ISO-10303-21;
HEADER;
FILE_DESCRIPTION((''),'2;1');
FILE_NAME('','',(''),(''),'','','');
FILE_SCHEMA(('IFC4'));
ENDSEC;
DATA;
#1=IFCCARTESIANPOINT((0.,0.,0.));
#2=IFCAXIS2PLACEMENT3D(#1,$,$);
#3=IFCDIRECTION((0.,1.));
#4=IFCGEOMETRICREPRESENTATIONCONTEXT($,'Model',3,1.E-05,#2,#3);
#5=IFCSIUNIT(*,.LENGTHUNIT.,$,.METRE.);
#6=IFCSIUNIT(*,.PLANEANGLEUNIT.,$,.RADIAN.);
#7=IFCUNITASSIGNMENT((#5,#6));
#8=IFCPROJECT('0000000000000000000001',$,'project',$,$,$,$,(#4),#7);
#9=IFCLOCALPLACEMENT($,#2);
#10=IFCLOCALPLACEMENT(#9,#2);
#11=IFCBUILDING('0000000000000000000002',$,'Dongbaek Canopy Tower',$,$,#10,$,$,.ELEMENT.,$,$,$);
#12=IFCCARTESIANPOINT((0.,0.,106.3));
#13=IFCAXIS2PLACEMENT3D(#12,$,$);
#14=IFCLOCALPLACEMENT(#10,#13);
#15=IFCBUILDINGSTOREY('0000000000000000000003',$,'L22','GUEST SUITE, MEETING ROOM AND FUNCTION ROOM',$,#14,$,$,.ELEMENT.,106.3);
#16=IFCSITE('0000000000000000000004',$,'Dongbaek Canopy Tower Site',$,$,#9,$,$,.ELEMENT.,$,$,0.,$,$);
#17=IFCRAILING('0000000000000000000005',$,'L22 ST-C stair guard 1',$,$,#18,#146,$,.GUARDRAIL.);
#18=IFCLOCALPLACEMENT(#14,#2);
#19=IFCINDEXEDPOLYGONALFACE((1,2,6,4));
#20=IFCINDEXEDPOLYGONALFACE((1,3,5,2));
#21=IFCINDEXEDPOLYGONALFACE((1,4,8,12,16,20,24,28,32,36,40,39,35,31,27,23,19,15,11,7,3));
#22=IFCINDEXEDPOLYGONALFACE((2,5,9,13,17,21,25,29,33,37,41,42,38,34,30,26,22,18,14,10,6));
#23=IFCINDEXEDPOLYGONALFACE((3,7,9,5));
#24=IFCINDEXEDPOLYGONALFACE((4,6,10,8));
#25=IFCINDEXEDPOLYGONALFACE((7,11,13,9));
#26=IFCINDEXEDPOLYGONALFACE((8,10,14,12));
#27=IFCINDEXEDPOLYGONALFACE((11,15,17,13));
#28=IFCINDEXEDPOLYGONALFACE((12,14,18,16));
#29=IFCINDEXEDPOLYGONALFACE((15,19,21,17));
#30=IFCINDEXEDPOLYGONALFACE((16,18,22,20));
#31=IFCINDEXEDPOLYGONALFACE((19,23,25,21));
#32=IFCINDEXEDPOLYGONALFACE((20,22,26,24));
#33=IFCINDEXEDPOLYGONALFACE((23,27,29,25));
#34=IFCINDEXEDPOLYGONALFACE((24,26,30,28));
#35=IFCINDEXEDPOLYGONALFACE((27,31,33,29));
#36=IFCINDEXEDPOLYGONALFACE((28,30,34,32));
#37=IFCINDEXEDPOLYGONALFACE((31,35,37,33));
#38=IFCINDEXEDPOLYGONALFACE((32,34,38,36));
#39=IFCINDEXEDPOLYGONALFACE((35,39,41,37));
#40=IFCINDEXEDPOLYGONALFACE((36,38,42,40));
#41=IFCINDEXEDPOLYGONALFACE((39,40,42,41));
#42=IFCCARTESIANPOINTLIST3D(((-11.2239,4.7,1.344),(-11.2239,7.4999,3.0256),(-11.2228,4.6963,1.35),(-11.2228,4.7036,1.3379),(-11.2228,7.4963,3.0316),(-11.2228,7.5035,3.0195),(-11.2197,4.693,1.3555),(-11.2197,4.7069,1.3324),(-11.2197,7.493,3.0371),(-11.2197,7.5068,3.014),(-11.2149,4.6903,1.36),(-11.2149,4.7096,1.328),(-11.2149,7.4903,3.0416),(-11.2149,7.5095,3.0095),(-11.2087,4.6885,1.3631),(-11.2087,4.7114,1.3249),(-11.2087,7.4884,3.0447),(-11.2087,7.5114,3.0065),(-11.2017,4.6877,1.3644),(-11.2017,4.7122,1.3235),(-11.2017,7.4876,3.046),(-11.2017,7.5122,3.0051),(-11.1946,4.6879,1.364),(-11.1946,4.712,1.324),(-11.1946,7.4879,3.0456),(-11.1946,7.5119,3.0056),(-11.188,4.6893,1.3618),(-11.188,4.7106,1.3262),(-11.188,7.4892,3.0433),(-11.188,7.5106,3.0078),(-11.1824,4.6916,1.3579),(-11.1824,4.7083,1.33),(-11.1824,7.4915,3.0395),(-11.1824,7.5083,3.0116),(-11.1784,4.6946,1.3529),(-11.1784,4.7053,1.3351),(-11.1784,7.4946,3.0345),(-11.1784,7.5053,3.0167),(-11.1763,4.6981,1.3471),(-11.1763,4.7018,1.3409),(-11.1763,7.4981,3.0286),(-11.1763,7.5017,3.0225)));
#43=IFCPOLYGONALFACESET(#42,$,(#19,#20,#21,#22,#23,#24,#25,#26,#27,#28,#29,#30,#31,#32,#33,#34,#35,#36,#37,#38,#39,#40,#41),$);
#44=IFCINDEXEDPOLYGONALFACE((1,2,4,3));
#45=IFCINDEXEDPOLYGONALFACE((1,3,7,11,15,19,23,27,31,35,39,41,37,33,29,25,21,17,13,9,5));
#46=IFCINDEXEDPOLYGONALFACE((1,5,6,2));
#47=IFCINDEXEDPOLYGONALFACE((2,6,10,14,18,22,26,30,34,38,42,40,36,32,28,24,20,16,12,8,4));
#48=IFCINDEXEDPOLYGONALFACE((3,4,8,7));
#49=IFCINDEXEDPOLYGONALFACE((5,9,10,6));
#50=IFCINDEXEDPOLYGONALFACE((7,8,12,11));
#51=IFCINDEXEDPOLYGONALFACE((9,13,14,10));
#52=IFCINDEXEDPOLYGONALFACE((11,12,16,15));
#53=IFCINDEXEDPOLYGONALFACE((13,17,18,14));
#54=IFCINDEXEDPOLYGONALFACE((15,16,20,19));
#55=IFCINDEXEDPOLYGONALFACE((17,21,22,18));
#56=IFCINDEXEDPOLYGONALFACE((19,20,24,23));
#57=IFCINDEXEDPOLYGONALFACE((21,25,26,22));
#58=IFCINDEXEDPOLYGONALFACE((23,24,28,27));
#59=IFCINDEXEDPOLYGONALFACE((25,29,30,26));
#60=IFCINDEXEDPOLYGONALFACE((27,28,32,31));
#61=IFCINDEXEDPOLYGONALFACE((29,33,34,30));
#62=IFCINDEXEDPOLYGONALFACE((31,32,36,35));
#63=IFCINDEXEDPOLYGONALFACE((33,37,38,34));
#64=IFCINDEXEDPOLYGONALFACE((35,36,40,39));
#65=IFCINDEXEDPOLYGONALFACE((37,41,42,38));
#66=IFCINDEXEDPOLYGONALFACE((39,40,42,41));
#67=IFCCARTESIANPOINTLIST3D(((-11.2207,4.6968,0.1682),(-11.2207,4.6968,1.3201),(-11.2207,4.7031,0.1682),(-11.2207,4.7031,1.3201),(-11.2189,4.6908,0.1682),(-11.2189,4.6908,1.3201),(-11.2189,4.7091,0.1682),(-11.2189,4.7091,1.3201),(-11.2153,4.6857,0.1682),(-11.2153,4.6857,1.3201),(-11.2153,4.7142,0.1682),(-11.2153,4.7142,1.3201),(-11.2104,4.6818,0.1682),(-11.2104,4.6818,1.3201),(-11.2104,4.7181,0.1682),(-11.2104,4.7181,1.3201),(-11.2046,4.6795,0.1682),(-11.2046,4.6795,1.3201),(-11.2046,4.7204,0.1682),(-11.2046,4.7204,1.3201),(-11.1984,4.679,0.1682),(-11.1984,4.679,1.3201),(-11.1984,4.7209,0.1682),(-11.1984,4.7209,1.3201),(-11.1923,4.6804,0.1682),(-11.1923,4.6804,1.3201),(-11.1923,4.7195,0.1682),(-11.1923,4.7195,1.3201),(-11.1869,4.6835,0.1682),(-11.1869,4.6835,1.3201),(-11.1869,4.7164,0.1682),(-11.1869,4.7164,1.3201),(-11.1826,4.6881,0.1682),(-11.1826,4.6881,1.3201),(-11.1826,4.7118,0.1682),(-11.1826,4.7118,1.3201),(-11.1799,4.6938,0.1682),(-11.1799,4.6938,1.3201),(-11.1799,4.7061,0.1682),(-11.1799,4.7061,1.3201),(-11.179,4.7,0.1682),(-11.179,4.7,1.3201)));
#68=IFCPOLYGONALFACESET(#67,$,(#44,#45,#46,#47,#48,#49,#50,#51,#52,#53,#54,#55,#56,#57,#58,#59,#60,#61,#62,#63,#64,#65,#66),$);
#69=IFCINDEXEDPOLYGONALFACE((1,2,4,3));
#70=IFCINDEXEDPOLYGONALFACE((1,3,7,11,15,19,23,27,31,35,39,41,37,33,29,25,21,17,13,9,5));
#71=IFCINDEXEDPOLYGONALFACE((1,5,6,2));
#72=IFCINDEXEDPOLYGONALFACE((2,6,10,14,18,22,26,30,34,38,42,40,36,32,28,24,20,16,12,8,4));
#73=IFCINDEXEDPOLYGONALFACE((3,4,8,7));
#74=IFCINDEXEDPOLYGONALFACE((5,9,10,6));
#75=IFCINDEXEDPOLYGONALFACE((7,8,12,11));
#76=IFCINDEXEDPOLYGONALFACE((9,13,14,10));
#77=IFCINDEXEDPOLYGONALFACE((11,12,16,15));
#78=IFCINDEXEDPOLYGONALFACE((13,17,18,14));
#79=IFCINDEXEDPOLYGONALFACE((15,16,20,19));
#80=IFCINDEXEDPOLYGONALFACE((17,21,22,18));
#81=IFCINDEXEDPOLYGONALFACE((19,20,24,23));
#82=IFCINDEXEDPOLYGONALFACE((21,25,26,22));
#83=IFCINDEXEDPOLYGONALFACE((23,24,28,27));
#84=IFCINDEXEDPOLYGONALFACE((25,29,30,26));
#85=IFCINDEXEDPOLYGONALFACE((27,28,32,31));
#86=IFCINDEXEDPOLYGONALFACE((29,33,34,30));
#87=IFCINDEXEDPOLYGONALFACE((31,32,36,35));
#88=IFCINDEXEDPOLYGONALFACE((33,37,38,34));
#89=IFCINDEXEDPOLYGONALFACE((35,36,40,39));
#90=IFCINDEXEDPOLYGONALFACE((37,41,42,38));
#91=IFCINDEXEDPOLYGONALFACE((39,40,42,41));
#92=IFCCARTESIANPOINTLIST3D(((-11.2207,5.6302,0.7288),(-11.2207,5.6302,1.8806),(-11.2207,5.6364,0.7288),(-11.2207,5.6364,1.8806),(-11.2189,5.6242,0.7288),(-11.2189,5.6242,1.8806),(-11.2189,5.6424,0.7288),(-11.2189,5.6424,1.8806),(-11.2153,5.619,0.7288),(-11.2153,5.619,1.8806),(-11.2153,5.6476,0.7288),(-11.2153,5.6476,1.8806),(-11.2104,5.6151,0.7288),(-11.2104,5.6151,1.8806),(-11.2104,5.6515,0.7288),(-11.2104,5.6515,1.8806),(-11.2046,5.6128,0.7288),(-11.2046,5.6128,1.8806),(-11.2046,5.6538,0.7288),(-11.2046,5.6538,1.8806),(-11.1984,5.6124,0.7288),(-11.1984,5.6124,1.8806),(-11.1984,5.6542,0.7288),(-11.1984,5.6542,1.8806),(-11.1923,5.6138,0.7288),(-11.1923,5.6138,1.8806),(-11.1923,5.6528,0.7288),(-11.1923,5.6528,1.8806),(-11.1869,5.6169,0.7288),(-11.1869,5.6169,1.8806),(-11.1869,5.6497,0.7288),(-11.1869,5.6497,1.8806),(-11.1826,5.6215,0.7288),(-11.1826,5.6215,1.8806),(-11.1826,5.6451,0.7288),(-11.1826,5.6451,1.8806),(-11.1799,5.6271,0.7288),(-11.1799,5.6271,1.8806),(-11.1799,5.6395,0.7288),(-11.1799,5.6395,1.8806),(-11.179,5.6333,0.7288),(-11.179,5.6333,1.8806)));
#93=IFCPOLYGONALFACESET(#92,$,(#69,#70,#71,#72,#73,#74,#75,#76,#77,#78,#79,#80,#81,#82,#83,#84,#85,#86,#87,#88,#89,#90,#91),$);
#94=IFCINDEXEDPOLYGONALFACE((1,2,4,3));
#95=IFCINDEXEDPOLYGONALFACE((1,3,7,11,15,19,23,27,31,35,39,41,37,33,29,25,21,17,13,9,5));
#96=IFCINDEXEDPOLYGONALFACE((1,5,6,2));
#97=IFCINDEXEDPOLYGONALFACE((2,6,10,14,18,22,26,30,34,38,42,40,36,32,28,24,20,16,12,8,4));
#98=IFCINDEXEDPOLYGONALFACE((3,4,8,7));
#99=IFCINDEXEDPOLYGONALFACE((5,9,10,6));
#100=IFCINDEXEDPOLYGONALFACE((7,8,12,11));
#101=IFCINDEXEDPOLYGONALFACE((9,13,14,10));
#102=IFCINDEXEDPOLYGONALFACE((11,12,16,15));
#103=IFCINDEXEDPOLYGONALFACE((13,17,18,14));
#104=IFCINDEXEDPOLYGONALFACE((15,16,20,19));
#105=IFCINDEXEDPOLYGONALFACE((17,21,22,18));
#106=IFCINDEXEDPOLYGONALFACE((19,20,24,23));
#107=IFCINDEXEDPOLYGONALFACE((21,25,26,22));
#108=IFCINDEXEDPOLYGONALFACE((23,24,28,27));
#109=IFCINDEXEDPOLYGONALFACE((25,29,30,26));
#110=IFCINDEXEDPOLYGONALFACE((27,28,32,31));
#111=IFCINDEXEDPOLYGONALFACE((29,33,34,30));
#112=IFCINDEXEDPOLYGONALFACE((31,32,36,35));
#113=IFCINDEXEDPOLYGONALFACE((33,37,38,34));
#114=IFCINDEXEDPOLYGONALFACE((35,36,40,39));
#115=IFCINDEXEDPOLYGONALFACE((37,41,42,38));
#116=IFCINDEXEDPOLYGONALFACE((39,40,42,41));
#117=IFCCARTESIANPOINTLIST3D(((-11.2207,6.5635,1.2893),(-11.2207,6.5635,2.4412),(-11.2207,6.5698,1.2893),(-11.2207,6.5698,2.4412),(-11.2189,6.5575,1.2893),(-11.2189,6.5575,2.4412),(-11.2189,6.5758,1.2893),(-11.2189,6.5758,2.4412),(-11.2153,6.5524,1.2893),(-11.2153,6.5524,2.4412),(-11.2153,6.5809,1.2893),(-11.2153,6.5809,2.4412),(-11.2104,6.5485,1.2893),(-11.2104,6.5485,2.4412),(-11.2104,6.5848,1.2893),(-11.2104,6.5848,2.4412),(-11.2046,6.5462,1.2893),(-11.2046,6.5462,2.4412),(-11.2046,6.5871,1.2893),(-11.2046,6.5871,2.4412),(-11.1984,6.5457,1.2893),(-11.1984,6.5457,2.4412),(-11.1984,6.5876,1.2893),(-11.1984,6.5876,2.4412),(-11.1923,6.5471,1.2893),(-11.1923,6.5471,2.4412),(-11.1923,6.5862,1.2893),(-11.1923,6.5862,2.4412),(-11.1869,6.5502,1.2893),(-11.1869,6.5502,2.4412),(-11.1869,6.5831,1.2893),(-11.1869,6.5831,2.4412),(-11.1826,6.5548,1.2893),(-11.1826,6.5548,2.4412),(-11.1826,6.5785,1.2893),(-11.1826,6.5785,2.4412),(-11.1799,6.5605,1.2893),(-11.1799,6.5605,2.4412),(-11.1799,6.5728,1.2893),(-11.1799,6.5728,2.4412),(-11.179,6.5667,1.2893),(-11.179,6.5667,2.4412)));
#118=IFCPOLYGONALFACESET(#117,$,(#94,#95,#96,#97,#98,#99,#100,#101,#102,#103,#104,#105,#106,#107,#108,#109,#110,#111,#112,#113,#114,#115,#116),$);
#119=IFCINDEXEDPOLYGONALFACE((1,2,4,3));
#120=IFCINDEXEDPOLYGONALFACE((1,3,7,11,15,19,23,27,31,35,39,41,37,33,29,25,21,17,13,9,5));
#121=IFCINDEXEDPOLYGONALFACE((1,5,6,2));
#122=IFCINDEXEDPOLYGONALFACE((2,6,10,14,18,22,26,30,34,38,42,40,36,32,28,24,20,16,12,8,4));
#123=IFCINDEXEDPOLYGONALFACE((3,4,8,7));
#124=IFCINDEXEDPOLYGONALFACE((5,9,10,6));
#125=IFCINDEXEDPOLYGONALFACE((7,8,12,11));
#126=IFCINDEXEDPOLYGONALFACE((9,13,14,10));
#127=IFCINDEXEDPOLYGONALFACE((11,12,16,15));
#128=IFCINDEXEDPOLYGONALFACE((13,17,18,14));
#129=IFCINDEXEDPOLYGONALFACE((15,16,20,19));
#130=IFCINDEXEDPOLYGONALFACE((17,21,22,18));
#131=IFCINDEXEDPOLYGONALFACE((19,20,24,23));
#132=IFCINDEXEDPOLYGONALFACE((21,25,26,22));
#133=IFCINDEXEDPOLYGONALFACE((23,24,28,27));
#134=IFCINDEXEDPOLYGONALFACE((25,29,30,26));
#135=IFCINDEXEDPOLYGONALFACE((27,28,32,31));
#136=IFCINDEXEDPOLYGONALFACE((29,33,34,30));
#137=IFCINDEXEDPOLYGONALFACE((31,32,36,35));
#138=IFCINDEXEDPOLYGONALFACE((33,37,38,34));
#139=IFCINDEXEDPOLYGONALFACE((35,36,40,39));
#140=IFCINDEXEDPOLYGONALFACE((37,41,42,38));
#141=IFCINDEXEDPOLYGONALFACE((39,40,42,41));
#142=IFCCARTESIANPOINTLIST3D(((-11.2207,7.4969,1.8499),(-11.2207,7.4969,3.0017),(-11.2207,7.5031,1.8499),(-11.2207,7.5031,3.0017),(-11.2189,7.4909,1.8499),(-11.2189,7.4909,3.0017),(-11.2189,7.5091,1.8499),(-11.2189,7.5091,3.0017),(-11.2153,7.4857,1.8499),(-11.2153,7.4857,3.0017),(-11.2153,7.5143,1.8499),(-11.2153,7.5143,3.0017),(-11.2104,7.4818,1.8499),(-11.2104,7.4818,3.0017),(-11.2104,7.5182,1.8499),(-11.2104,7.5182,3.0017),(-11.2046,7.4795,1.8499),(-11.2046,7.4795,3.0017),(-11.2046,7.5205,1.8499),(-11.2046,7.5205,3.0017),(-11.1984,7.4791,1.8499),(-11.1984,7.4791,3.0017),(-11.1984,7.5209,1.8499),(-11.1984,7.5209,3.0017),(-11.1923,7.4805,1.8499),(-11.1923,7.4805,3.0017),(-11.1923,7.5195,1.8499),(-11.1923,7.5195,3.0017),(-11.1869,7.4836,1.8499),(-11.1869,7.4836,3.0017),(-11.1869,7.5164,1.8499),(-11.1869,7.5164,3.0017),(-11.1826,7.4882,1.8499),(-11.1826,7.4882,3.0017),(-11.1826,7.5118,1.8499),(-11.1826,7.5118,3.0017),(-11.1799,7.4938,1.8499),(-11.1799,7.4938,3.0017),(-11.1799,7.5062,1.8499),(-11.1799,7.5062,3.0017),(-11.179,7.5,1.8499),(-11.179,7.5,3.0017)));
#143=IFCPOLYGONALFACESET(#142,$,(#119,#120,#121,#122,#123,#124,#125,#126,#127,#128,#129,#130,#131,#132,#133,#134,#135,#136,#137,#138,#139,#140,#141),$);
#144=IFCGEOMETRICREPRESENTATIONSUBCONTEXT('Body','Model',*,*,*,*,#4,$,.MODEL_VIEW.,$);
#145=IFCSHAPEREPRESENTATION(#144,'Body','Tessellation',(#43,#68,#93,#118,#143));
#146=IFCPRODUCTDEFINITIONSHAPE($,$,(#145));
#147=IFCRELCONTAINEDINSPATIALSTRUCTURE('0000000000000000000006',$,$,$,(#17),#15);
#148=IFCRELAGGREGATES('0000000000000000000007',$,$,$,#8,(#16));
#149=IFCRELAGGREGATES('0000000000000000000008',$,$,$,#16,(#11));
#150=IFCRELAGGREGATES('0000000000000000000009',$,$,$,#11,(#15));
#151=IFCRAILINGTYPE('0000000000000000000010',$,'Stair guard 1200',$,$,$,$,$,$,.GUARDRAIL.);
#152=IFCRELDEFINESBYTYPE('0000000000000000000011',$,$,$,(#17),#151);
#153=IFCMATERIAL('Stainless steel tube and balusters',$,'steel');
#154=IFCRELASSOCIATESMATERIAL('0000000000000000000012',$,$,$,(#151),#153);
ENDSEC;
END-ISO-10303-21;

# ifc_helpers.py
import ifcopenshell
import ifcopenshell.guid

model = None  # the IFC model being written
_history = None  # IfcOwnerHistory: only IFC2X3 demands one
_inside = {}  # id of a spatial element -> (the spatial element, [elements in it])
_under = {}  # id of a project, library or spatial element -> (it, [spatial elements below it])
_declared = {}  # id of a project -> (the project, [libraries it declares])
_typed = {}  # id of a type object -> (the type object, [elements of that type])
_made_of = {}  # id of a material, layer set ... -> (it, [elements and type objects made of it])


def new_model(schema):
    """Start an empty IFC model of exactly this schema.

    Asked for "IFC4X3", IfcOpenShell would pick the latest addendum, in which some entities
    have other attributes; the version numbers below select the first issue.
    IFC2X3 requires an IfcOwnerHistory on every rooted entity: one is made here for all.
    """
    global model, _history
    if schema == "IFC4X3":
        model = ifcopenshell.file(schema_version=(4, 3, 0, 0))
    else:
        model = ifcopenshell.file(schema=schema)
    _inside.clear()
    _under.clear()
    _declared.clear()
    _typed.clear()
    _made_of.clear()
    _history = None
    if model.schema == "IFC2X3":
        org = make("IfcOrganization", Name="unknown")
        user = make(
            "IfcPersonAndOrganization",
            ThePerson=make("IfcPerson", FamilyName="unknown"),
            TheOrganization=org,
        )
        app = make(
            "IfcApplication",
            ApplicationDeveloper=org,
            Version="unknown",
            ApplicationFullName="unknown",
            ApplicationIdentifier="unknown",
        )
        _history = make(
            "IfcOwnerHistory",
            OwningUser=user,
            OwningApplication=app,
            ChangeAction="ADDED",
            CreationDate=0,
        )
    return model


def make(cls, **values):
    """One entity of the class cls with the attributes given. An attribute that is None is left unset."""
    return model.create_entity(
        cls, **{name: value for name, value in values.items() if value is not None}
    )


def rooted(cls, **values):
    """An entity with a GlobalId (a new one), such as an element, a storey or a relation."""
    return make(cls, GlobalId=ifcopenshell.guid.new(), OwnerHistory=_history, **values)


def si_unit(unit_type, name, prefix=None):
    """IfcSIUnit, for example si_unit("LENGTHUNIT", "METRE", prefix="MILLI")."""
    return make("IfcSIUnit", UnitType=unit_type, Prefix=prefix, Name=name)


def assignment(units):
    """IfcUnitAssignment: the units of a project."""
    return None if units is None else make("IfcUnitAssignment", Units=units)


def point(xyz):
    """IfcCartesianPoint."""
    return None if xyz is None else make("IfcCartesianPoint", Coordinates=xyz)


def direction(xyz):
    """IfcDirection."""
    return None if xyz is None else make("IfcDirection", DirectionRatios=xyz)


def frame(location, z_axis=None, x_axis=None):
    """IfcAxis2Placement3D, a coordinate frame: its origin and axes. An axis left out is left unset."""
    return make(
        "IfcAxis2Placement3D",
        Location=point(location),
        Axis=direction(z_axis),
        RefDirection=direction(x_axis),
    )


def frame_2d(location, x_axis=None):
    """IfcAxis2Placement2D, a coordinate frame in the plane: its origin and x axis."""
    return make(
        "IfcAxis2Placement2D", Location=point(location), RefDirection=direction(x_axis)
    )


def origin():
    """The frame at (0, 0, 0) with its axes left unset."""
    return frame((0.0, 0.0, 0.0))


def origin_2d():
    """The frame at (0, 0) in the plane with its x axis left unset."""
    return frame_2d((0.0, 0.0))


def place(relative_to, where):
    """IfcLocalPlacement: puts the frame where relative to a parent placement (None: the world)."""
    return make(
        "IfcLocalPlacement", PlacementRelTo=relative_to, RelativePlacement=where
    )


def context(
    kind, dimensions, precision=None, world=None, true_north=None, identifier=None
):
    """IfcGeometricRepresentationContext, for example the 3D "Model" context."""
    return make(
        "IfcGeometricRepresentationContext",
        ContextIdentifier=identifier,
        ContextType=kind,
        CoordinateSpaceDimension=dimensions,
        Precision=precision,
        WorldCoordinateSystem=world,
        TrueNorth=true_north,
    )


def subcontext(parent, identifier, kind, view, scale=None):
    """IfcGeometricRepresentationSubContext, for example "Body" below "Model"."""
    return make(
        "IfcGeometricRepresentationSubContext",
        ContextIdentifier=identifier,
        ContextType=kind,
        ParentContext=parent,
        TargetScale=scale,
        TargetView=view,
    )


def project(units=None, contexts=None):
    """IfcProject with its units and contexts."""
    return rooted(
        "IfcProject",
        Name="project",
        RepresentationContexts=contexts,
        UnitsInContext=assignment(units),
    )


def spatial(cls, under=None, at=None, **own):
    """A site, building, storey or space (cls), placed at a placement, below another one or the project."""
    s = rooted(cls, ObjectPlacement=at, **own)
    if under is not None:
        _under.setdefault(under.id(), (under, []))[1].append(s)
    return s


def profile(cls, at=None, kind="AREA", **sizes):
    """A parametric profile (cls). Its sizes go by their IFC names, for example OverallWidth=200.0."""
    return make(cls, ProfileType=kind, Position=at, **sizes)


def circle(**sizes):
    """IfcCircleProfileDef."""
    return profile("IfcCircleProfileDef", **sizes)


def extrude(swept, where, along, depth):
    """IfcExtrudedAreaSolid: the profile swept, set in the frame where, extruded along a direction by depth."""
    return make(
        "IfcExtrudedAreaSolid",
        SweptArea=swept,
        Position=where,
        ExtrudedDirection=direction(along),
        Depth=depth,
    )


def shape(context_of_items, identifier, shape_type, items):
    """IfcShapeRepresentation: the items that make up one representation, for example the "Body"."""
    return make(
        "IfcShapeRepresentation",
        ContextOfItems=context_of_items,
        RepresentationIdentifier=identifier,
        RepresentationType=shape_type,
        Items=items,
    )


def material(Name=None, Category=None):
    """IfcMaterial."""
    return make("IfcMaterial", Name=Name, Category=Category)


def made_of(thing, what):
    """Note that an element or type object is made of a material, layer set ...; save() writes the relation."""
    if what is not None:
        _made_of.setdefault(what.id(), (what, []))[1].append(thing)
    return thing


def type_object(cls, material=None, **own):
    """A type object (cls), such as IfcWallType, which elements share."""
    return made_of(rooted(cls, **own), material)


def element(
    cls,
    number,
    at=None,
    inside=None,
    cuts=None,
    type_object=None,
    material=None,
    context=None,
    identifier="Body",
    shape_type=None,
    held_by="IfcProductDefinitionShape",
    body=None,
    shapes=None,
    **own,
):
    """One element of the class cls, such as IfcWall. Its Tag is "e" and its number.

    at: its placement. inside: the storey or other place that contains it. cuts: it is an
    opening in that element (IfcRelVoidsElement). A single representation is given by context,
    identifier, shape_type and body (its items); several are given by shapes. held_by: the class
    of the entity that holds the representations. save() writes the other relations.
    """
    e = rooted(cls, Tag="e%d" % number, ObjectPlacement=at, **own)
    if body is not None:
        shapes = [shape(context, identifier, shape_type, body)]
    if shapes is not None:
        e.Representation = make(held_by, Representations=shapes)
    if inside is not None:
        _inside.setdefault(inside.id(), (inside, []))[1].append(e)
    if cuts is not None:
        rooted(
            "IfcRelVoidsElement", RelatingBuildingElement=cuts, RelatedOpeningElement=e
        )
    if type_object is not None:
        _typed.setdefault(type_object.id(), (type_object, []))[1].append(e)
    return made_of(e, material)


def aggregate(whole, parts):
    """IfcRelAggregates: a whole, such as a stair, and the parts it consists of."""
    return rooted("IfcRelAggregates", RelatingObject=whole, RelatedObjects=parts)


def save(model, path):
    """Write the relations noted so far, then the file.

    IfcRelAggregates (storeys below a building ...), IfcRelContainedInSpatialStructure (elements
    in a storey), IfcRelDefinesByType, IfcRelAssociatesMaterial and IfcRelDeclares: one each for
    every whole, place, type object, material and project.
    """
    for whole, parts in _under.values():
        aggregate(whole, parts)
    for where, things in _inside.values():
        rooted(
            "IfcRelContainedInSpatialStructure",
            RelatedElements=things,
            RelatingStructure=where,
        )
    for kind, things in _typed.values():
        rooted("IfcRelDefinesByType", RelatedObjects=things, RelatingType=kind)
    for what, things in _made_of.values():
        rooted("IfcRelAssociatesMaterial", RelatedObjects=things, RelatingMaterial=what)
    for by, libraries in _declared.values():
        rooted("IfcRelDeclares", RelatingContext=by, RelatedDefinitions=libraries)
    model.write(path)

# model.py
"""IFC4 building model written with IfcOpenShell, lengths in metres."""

from ifc_helpers import new_model, si_unit, direction, frame, origin, origin_2d, place, context, subcontext, project, spatial, circle, extrude, material, type_object, element, save


model = new_model("IFC4")

# Units and contexts
model_context = context("Model", 3, precision=1e-05, world=origin(), true_north=direction((0.0, 1.0)))
body_context = subcontext(model_context, "Body", "Model", "MODEL_VIEW")
ifc_project = project(units=[si_unit("LENGTHUNIT", "METRE"), si_unit("PLANEANGLEUNIT", "RADIAN")], contexts=[model_context])

# Site, building, storey
site_placement = place(None, origin())
site = spatial("IfcSite", under=ifc_project, at=site_placement, Name="Dongbaek Canopy Tower Site", CompositionType="ELEMENT", RefElevation=0.0)
building_placement = place(site_placement, origin())
building = spatial("IfcBuilding", under=site, at=building_placement, Name="Dongbaek Canopy Tower", CompositionType="ELEMENT")
storey_placement = place(building_placement, frame((0.0, 0.0, 106.3)))
storey = spatial("IfcBuildingStorey", under=building, at=storey_placement, Name="L22", Description="GUEST SUITE, MEETING ROOM AND FUNCTION ROOM", CompositionType="ELEMENT", Elevation=106.3)

# Railing
ifc_material_1 = material(Name="Stainless steel tube and balusters", Category="steel")
railing_type_1 = type_object("IfcRailingType", Name="Stair guard 1200", PredefinedType="GUARDRAIL", material=ifc_material_1)
railing_1_placement = place(storey_placement, frame((-11.2, 4.7, 0.1682)))
element("IfcRailing", 1, at=railing_1_placement, inside=storey, type_object=railing_type_1, Name="L22 ST-C stair guard 1", PredefinedType="GUARDRAIL", context=body_context, shape_type="SweptSolid", body=[
    extrude(circle(Radius=0.0239, at=origin_2d()), frame((0.0, 0.0, 1.1758), z_axis=(0.0, 0.857275, 0.514858), x_axis=(-1.0, 0.0, 0.0)), (0.0, 0.0, 1.0), 3.2661),
    extrude(circle(Radius=0.021, at=origin_2d()), origin(), (0.0, 0.0, 1.0), 1.1519),
    extrude(circle(Radius=0.021, at=origin_2d()), frame((0.0, 0.9333, 0.5605)), (0.0, 0.0, 1.0), 1.1519),
    extrude(circle(Radius=0.021, at=origin_2d()), frame((0.0, 1.8667, 1.1211)), (0.0, 0.0, 1.0), 1.1519),
    extrude(circle(Radius=0.021, at=origin_2d()), frame((0.0, 2.8, 1.6816)), (0.0, 0.0, 1.0), 1.1519),
])

save(model, "model.ifc")
